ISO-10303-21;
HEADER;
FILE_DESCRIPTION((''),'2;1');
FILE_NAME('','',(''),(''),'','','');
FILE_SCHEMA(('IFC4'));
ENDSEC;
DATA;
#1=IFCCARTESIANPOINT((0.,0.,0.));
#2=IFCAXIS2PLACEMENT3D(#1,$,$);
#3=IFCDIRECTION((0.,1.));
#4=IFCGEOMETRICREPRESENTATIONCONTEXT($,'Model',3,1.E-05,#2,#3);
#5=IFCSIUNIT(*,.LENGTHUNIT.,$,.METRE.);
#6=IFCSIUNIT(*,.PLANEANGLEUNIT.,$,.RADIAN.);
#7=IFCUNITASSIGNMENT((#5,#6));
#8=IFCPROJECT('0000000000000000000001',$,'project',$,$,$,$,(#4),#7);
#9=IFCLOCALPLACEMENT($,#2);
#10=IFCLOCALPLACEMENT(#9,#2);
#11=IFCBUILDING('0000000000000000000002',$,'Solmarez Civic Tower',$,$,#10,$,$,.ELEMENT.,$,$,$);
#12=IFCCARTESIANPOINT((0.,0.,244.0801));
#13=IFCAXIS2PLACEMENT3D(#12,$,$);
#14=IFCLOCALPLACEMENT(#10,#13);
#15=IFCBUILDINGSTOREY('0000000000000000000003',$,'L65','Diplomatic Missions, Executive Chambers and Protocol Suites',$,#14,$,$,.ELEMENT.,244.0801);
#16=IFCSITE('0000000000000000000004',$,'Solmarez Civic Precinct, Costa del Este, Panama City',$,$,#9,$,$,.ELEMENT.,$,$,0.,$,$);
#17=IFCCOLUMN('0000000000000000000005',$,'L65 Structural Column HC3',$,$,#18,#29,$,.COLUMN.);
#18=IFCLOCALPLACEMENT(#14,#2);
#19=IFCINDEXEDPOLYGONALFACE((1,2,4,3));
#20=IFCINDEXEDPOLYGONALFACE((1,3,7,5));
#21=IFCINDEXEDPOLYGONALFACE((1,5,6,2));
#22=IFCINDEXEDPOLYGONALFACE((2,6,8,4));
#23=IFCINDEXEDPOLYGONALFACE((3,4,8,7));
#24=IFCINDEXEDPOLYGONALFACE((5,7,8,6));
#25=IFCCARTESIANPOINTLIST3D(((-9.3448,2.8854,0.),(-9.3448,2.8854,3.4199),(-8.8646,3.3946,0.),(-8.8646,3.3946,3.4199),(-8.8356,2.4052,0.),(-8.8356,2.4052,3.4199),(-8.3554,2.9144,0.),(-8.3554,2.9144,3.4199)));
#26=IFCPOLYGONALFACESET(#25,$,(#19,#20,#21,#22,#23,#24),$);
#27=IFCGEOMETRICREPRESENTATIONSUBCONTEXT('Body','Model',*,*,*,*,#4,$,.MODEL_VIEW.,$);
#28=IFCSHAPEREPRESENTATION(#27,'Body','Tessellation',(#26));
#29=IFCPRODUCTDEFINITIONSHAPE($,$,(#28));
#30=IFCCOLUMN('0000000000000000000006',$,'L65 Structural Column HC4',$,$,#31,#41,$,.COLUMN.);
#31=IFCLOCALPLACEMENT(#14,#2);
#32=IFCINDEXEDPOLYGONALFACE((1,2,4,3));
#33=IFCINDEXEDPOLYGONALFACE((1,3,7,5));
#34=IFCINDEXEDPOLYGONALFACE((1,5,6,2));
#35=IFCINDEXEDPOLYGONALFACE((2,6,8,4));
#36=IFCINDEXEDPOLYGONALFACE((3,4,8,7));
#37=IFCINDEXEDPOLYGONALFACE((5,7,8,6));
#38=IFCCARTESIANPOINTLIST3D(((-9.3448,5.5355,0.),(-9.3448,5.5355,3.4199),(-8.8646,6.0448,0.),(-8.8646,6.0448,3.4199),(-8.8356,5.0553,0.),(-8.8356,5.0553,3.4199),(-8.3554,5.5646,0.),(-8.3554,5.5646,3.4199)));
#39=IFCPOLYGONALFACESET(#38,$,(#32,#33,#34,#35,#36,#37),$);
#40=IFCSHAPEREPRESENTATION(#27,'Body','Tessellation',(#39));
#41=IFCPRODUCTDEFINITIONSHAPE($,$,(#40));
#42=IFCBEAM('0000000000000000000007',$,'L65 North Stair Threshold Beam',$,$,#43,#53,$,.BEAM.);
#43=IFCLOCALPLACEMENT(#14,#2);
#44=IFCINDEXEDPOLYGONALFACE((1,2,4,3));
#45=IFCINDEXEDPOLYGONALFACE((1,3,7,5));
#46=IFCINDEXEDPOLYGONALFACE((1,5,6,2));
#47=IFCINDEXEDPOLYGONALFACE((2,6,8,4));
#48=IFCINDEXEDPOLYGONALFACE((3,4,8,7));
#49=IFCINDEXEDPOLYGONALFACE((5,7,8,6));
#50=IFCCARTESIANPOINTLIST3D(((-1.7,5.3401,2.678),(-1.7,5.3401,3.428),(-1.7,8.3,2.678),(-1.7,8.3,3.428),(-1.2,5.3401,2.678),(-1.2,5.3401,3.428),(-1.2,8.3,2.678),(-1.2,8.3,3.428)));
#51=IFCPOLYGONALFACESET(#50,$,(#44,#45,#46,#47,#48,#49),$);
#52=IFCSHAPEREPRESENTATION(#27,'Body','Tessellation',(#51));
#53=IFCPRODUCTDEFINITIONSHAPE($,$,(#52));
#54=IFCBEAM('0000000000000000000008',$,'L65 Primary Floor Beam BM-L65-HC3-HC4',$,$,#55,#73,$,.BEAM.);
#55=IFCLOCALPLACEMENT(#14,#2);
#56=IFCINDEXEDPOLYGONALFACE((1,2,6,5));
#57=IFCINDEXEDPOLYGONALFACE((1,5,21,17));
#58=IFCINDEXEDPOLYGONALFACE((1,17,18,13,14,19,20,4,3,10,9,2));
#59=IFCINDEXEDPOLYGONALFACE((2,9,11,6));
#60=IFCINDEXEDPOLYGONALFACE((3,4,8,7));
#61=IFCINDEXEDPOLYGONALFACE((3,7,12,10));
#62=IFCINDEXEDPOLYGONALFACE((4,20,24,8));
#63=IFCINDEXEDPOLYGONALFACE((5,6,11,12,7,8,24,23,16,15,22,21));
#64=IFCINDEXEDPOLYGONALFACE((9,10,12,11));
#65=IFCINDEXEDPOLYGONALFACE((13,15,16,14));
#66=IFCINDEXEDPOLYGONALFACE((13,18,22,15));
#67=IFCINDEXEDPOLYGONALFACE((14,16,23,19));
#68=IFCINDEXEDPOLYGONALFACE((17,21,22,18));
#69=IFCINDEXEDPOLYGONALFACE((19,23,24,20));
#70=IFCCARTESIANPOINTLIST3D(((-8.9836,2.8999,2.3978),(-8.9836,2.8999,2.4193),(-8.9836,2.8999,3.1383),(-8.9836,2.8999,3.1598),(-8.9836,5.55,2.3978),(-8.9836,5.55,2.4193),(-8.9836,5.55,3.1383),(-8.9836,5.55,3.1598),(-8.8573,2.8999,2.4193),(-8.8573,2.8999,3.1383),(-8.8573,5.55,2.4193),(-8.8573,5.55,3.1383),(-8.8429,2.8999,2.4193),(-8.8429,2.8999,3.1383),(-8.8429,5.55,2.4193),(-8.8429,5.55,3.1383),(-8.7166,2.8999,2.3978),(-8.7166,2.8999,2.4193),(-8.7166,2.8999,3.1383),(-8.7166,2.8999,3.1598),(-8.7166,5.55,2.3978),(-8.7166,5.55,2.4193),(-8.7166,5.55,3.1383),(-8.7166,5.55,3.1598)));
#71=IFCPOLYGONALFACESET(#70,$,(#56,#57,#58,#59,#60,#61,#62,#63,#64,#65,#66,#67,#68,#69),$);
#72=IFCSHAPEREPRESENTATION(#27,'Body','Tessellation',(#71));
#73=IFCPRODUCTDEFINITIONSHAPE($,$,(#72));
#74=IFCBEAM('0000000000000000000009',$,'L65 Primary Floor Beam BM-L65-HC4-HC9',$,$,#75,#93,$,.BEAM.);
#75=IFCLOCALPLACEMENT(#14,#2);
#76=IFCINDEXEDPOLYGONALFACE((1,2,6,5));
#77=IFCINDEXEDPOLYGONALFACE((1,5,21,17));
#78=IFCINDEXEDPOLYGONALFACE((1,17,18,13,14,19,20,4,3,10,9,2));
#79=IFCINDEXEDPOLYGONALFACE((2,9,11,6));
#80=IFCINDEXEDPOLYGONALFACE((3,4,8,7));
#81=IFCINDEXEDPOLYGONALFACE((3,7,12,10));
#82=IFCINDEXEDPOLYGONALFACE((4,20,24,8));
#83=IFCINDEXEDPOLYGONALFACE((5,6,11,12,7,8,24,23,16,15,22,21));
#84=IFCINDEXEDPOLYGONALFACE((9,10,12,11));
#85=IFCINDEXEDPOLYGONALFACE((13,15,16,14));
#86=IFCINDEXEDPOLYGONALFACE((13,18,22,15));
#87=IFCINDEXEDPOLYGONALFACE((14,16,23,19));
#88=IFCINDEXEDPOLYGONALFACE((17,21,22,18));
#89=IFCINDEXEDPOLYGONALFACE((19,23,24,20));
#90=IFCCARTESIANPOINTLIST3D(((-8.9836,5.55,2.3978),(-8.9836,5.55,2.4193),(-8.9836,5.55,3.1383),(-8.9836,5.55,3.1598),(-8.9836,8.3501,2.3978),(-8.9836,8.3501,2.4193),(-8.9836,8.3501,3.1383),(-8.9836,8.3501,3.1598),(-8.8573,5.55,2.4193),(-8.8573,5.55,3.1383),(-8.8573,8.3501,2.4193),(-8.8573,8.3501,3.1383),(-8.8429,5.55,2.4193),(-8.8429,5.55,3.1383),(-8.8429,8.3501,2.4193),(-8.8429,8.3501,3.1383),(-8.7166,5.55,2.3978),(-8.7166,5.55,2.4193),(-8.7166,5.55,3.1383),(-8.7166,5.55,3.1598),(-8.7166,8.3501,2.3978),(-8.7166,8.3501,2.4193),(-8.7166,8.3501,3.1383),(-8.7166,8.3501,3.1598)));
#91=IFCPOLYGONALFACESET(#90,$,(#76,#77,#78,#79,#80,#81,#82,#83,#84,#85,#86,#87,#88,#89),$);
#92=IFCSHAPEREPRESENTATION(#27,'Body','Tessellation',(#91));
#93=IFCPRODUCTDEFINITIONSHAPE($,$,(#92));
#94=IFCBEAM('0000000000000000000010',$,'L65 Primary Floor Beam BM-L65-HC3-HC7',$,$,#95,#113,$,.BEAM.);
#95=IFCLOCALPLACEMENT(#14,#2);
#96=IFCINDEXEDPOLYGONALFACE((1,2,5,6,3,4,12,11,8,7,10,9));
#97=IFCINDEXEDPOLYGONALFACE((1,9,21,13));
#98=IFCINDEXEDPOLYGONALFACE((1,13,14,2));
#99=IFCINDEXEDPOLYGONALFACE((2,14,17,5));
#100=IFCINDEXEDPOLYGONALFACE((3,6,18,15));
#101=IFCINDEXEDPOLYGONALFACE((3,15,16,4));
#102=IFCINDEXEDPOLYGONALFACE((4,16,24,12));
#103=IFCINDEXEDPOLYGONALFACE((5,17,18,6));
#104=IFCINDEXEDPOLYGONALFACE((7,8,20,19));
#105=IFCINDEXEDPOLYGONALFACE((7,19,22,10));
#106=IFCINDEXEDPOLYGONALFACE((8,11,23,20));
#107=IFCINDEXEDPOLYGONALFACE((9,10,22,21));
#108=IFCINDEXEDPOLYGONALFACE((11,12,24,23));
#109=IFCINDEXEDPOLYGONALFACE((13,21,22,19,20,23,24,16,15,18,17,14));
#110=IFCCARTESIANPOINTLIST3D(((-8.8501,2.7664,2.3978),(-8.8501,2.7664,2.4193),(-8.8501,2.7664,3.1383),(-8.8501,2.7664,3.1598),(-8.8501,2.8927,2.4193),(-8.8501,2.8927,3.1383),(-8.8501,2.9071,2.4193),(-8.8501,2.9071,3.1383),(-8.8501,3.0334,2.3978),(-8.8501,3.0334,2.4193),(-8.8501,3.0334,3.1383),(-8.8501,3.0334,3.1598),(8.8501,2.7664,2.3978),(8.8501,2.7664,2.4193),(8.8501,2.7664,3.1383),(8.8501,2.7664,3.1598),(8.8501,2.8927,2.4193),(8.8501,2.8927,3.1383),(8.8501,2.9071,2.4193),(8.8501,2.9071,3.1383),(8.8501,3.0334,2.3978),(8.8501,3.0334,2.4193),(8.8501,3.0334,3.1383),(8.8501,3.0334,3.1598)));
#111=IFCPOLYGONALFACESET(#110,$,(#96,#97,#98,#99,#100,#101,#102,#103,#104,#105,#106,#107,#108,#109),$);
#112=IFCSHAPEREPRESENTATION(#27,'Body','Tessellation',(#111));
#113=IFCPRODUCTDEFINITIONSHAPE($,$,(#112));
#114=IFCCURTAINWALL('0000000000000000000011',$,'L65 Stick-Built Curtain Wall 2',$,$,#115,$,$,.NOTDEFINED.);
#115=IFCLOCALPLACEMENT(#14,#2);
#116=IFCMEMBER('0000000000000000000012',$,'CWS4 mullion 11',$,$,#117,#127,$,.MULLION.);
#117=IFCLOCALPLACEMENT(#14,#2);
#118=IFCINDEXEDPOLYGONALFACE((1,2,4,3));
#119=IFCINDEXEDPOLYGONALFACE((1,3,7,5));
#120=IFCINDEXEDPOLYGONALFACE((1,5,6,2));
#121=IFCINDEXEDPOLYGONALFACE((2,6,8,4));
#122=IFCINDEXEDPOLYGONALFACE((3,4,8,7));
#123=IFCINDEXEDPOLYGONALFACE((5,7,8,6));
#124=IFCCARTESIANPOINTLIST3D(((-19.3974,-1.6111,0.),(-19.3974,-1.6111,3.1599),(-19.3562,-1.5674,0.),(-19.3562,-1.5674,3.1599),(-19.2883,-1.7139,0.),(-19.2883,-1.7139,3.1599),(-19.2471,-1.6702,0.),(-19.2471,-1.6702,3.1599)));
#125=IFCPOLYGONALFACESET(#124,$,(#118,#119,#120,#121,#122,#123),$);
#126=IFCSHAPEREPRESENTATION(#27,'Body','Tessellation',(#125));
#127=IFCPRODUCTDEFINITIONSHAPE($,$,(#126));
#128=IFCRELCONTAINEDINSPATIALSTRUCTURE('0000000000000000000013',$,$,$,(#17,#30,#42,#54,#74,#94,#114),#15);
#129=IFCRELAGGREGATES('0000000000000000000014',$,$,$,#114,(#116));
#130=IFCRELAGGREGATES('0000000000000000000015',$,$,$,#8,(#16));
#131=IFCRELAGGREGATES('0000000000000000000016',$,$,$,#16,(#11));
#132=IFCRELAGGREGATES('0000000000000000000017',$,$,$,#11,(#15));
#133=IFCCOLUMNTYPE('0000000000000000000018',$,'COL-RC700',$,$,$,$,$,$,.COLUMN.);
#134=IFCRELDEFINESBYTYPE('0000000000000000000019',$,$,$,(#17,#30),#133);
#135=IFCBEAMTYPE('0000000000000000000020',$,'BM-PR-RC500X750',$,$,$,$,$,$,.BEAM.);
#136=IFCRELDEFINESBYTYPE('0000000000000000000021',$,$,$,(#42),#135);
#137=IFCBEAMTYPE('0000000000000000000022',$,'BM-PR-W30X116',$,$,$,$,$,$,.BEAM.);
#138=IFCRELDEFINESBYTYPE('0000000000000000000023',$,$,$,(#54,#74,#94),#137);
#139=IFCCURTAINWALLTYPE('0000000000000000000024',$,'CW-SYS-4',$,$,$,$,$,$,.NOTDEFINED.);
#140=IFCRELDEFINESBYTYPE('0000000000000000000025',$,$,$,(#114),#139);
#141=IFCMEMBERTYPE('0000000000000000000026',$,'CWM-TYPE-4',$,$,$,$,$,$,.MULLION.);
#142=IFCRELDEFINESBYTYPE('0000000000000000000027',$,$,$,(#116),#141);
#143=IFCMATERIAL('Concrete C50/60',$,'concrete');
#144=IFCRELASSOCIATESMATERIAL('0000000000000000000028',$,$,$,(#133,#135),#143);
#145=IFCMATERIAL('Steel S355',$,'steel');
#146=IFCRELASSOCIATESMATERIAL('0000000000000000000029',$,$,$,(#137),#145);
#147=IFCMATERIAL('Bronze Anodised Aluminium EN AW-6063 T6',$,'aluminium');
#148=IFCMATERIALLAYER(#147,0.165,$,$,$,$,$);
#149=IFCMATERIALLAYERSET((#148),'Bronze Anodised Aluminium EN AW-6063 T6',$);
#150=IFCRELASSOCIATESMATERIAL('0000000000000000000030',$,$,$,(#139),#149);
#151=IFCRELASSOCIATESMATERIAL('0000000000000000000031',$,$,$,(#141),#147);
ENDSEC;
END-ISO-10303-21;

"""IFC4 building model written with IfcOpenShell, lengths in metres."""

from ifc_helpers import new_model, si_unit, direction, frame, origin, origin_2d, place, context, subcontext, project, spatial, rectangle, i_section, extrude, material, layer, layer_set, material_profile, profile_set, type_object, element, aggregate, save


model = new_model("IFC4")

# Units and contexts
model_context = context("Model", 3, precision=1e-05, world=origin(), true_north=direction((0.0, 1.0)))
body_context = subcontext(model_context, "Body", "Model", "MODEL_VIEW")
ifc_project = project(units=[si_unit("LENGTHUNIT", "METRE"), si_unit("PLANEANGLEUNIT", "RADIAN")], contexts=[model_context])

# Site, building, storey
site_placement = place(None, origin())
site = spatial("IfcSite", under=ifc_project, at=site_placement, Name="Solmarez Civic Precinct, Costa del Este, Panama City", CompositionType="ELEMENT", RefElevation=0.0)
building_placement = place(site_placement, origin())
building = spatial("IfcBuilding", under=site, at=building_placement, Name="Solmarez Civic Tower", CompositionType="ELEMENT")
storey_placement = place(building_placement, frame((0.0, 0.0, 244.0801)))
storey = spatial("IfcBuildingStorey", under=building, at=storey_placement, Name="L65", Description="Diplomatic Missions, Executive Chambers and Protocol Suites", CompositionType="ELEMENT", Elevation=244.0801)

# Columns
ifc_material_1 = material(Name="Concrete C50/60", Category="concrete")
ifc_material_profile_1 = material_profile(ifc_material_1, rectangle(XDim=0.7, YDim=0.7, at=origin_2d()), Name="RC700X700")
ifc_profile_set_1 = profile_set([ifc_material_profile_1], Name="Concrete C50/60")
column_type = type_object("IfcColumnType", Name="COL-RC700", PredefinedType="COLUMN", material=ifc_profile_set_1)
for number, where, z_axis, x_axis, name in (
    (1, (-8.8501, 2.8999, 0.0), (0.0, 0.0, 1.0), (0.686072, 0.727533, 0.0), "L65 Structural Column HC3"),
    (2, (-8.8501, 5.55, 0.0), (0.0, 0.0, 1.0), (0.686072, 0.727533, 0.0), "L65 Structural Column HC4"),
):
    element("IfcColumn", number, at=place(storey_placement, frame(where, z_axis=z_axis, x_axis=x_axis)), inside=storey, type_object=column_type, Name=name, PredefinedType="COLUMN", context=body_context, shape_type="SweptSolid", body=[
        extrude(rectangle(XDim=0.7, YDim=0.7, at=origin_2d()), origin(), (0.0, 0.0, 1.0), 3.4199),
    ])

# Beams
ifc_material_profile_2 = material_profile(ifc_material_1, rectangle(XDim=0.5, YDim=0.75, at=origin_2d()), Name="RC500X750")
ifc_profile_set_2 = profile_set([ifc_material_profile_2], Name="Concrete C50/60")
beam_type_1 = type_object("IfcBeamType", Name="BM-PR-RC500X750", PredefinedType="BEAM", material=ifc_profile_set_2)
beam_1_placement = place(storey_placement, frame((-1.45, 5.3401, 3.053), z_axis=(0.0, 1.0, 0.0), x_axis=(-1.0, 0.0, 0.0)))
element("IfcBeam", 3, at=beam_1_placement, inside=storey, type_object=beam_type_1, Name="L65 North Stair Threshold Beam", PredefinedType="BEAM", context=body_context, shape_type="SweptSolid", body=[
    extrude(rectangle(XDim=0.5, YDim=0.75, at=origin_2d()), origin(), (0.0, 0.0, 1.0), 2.96),
])
ifc_material_2 = material(Name="Steel S355", Category="steel")
ifc_material_profile_3 = material_profile(ifc_material_2, i_section(OverallWidth=0.2671, OverallDepth=0.762, WebThickness=0.0144, FlangeThickness=0.0215, at=origin_2d()), Name="W30X116")
ifc_profile_set_3 = profile_set([ifc_material_profile_3], Name="Steel S355")
beam_type_2 = type_object("IfcBeamType", Name="BM-PR-W30X116", PredefinedType="BEAM", material=ifc_profile_set_3)
beam_2_placement = place(storey_placement, frame((-8.8501, 2.8999, 2.7788), z_axis=(0.0, 1.0, 0.0), x_axis=(-1.0, 0.0, 0.0)))
element("IfcBeam", 4, at=beam_2_placement, inside=storey, type_object=beam_type_2, Name="L65 Primary Floor Beam BM-L65-HC3-HC4", PredefinedType="BEAM", context=body_context, shape_type="SweptSolid", body=[
    extrude(i_section(OverallWidth=0.2671, OverallDepth=0.762, WebThickness=0.0144, FlangeThickness=0.0215, at=origin_2d()), origin(), (0.0, 0.0, 1.0), 2.6501),
])
beam_3_placement = place(storey_placement, frame((-8.8501, 5.55, 2.7788), z_axis=(0.0, 1.0, 0.0), x_axis=(-1.0, 0.0, 0.0)))
element("IfcBeam", 5, at=beam_3_placement, inside=storey, type_object=beam_type_2, Name="L65 Primary Floor Beam BM-L65-HC4-HC9", PredefinedType="BEAM", context=body_context, shape_type="SweptSolid", body=[
    extrude(i_section(OverallWidth=0.2671, OverallDepth=0.762, WebThickness=0.0144, FlangeThickness=0.0215, at=origin_2d()), origin(), (0.0, 0.0, 1.0), 2.8),
])
beam_4_placement = place(storey_placement, frame((-8.8501, 2.8999, 2.7788), z_axis=(1.0, 0.0, 0.0), x_axis=(0.0, 1.0, 0.0)))
element("IfcBeam", 6, at=beam_4_placement, inside=storey, type_object=beam_type_2, Name="L65 Primary Floor Beam BM-L65-HC3-HC7", PredefinedType="BEAM", context=body_context, shape_type="SweptSolid", body=[
    extrude(i_section(OverallWidth=0.2671, OverallDepth=0.762, WebThickness=0.0144, FlangeThickness=0.0215, at=origin_2d()), origin(), (0.0, 0.0, 1.0), 17.7002),
])

# Curtain wall, member
ifc_material_3 = material(Name="Bronze Anodised Aluminium EN AW-6063 T6", Category="aluminium")
ifc_layer_1 = layer(ifc_material_3, 0.165)
ifc_layer_set_1 = layer_set([ifc_layer_1], Name="Bronze Anodised Aluminium EN AW-6063 T6")
curtain_wall_type = type_object("IfcCurtainWallType", Name="CW-SYS-4", PredefinedType="NOTDEFINED", material=ifc_layer_set_1)
curtain_wall_placement = place(storey_placement, origin())
curtain_wall = element("IfcCurtainWall", 7, at=curtain_wall_placement, inside=storey, type_object=curtain_wall_type, Name="L65 Stick-Built Curtain Wall 2", PredefinedType="NOTDEFINED")
ifc_material_profile_4 = material_profile(ifc_material_3, rectangle(XDim=0.0601, YDim=0.1499, at=origin_2d()), Name="CWM-60X150")
ifc_profile_set_4 = profile_set([ifc_material_profile_4], Name="Bronze Anodised Aluminium EN AW-6063 T6")
member_type = type_object("IfcMemberType", Name="CWM-TYPE-4", PredefinedType="MULLION", material=ifc_profile_set_4)
member_placement = place(storey_placement, frame((-19.3223, -1.6406, 0.0), z_axis=(0.0, 0.0, 1.0), x_axis=(-0.686068, -0.727537, 0.0)))
member = element("IfcMember", 8, at=member_placement, type_object=member_type, Name="CWS4 mullion 11", PredefinedType="MULLION", context=body_context, shape_type="SweptSolid", body=[
    extrude(rectangle(XDim=0.0601, YDim=0.1499, at=origin_2d()), origin(), (0.0, 0.0, 1.0), 3.1599),
])
aggregate(curtain_wall, [member])

save(model, "model.ifc")
